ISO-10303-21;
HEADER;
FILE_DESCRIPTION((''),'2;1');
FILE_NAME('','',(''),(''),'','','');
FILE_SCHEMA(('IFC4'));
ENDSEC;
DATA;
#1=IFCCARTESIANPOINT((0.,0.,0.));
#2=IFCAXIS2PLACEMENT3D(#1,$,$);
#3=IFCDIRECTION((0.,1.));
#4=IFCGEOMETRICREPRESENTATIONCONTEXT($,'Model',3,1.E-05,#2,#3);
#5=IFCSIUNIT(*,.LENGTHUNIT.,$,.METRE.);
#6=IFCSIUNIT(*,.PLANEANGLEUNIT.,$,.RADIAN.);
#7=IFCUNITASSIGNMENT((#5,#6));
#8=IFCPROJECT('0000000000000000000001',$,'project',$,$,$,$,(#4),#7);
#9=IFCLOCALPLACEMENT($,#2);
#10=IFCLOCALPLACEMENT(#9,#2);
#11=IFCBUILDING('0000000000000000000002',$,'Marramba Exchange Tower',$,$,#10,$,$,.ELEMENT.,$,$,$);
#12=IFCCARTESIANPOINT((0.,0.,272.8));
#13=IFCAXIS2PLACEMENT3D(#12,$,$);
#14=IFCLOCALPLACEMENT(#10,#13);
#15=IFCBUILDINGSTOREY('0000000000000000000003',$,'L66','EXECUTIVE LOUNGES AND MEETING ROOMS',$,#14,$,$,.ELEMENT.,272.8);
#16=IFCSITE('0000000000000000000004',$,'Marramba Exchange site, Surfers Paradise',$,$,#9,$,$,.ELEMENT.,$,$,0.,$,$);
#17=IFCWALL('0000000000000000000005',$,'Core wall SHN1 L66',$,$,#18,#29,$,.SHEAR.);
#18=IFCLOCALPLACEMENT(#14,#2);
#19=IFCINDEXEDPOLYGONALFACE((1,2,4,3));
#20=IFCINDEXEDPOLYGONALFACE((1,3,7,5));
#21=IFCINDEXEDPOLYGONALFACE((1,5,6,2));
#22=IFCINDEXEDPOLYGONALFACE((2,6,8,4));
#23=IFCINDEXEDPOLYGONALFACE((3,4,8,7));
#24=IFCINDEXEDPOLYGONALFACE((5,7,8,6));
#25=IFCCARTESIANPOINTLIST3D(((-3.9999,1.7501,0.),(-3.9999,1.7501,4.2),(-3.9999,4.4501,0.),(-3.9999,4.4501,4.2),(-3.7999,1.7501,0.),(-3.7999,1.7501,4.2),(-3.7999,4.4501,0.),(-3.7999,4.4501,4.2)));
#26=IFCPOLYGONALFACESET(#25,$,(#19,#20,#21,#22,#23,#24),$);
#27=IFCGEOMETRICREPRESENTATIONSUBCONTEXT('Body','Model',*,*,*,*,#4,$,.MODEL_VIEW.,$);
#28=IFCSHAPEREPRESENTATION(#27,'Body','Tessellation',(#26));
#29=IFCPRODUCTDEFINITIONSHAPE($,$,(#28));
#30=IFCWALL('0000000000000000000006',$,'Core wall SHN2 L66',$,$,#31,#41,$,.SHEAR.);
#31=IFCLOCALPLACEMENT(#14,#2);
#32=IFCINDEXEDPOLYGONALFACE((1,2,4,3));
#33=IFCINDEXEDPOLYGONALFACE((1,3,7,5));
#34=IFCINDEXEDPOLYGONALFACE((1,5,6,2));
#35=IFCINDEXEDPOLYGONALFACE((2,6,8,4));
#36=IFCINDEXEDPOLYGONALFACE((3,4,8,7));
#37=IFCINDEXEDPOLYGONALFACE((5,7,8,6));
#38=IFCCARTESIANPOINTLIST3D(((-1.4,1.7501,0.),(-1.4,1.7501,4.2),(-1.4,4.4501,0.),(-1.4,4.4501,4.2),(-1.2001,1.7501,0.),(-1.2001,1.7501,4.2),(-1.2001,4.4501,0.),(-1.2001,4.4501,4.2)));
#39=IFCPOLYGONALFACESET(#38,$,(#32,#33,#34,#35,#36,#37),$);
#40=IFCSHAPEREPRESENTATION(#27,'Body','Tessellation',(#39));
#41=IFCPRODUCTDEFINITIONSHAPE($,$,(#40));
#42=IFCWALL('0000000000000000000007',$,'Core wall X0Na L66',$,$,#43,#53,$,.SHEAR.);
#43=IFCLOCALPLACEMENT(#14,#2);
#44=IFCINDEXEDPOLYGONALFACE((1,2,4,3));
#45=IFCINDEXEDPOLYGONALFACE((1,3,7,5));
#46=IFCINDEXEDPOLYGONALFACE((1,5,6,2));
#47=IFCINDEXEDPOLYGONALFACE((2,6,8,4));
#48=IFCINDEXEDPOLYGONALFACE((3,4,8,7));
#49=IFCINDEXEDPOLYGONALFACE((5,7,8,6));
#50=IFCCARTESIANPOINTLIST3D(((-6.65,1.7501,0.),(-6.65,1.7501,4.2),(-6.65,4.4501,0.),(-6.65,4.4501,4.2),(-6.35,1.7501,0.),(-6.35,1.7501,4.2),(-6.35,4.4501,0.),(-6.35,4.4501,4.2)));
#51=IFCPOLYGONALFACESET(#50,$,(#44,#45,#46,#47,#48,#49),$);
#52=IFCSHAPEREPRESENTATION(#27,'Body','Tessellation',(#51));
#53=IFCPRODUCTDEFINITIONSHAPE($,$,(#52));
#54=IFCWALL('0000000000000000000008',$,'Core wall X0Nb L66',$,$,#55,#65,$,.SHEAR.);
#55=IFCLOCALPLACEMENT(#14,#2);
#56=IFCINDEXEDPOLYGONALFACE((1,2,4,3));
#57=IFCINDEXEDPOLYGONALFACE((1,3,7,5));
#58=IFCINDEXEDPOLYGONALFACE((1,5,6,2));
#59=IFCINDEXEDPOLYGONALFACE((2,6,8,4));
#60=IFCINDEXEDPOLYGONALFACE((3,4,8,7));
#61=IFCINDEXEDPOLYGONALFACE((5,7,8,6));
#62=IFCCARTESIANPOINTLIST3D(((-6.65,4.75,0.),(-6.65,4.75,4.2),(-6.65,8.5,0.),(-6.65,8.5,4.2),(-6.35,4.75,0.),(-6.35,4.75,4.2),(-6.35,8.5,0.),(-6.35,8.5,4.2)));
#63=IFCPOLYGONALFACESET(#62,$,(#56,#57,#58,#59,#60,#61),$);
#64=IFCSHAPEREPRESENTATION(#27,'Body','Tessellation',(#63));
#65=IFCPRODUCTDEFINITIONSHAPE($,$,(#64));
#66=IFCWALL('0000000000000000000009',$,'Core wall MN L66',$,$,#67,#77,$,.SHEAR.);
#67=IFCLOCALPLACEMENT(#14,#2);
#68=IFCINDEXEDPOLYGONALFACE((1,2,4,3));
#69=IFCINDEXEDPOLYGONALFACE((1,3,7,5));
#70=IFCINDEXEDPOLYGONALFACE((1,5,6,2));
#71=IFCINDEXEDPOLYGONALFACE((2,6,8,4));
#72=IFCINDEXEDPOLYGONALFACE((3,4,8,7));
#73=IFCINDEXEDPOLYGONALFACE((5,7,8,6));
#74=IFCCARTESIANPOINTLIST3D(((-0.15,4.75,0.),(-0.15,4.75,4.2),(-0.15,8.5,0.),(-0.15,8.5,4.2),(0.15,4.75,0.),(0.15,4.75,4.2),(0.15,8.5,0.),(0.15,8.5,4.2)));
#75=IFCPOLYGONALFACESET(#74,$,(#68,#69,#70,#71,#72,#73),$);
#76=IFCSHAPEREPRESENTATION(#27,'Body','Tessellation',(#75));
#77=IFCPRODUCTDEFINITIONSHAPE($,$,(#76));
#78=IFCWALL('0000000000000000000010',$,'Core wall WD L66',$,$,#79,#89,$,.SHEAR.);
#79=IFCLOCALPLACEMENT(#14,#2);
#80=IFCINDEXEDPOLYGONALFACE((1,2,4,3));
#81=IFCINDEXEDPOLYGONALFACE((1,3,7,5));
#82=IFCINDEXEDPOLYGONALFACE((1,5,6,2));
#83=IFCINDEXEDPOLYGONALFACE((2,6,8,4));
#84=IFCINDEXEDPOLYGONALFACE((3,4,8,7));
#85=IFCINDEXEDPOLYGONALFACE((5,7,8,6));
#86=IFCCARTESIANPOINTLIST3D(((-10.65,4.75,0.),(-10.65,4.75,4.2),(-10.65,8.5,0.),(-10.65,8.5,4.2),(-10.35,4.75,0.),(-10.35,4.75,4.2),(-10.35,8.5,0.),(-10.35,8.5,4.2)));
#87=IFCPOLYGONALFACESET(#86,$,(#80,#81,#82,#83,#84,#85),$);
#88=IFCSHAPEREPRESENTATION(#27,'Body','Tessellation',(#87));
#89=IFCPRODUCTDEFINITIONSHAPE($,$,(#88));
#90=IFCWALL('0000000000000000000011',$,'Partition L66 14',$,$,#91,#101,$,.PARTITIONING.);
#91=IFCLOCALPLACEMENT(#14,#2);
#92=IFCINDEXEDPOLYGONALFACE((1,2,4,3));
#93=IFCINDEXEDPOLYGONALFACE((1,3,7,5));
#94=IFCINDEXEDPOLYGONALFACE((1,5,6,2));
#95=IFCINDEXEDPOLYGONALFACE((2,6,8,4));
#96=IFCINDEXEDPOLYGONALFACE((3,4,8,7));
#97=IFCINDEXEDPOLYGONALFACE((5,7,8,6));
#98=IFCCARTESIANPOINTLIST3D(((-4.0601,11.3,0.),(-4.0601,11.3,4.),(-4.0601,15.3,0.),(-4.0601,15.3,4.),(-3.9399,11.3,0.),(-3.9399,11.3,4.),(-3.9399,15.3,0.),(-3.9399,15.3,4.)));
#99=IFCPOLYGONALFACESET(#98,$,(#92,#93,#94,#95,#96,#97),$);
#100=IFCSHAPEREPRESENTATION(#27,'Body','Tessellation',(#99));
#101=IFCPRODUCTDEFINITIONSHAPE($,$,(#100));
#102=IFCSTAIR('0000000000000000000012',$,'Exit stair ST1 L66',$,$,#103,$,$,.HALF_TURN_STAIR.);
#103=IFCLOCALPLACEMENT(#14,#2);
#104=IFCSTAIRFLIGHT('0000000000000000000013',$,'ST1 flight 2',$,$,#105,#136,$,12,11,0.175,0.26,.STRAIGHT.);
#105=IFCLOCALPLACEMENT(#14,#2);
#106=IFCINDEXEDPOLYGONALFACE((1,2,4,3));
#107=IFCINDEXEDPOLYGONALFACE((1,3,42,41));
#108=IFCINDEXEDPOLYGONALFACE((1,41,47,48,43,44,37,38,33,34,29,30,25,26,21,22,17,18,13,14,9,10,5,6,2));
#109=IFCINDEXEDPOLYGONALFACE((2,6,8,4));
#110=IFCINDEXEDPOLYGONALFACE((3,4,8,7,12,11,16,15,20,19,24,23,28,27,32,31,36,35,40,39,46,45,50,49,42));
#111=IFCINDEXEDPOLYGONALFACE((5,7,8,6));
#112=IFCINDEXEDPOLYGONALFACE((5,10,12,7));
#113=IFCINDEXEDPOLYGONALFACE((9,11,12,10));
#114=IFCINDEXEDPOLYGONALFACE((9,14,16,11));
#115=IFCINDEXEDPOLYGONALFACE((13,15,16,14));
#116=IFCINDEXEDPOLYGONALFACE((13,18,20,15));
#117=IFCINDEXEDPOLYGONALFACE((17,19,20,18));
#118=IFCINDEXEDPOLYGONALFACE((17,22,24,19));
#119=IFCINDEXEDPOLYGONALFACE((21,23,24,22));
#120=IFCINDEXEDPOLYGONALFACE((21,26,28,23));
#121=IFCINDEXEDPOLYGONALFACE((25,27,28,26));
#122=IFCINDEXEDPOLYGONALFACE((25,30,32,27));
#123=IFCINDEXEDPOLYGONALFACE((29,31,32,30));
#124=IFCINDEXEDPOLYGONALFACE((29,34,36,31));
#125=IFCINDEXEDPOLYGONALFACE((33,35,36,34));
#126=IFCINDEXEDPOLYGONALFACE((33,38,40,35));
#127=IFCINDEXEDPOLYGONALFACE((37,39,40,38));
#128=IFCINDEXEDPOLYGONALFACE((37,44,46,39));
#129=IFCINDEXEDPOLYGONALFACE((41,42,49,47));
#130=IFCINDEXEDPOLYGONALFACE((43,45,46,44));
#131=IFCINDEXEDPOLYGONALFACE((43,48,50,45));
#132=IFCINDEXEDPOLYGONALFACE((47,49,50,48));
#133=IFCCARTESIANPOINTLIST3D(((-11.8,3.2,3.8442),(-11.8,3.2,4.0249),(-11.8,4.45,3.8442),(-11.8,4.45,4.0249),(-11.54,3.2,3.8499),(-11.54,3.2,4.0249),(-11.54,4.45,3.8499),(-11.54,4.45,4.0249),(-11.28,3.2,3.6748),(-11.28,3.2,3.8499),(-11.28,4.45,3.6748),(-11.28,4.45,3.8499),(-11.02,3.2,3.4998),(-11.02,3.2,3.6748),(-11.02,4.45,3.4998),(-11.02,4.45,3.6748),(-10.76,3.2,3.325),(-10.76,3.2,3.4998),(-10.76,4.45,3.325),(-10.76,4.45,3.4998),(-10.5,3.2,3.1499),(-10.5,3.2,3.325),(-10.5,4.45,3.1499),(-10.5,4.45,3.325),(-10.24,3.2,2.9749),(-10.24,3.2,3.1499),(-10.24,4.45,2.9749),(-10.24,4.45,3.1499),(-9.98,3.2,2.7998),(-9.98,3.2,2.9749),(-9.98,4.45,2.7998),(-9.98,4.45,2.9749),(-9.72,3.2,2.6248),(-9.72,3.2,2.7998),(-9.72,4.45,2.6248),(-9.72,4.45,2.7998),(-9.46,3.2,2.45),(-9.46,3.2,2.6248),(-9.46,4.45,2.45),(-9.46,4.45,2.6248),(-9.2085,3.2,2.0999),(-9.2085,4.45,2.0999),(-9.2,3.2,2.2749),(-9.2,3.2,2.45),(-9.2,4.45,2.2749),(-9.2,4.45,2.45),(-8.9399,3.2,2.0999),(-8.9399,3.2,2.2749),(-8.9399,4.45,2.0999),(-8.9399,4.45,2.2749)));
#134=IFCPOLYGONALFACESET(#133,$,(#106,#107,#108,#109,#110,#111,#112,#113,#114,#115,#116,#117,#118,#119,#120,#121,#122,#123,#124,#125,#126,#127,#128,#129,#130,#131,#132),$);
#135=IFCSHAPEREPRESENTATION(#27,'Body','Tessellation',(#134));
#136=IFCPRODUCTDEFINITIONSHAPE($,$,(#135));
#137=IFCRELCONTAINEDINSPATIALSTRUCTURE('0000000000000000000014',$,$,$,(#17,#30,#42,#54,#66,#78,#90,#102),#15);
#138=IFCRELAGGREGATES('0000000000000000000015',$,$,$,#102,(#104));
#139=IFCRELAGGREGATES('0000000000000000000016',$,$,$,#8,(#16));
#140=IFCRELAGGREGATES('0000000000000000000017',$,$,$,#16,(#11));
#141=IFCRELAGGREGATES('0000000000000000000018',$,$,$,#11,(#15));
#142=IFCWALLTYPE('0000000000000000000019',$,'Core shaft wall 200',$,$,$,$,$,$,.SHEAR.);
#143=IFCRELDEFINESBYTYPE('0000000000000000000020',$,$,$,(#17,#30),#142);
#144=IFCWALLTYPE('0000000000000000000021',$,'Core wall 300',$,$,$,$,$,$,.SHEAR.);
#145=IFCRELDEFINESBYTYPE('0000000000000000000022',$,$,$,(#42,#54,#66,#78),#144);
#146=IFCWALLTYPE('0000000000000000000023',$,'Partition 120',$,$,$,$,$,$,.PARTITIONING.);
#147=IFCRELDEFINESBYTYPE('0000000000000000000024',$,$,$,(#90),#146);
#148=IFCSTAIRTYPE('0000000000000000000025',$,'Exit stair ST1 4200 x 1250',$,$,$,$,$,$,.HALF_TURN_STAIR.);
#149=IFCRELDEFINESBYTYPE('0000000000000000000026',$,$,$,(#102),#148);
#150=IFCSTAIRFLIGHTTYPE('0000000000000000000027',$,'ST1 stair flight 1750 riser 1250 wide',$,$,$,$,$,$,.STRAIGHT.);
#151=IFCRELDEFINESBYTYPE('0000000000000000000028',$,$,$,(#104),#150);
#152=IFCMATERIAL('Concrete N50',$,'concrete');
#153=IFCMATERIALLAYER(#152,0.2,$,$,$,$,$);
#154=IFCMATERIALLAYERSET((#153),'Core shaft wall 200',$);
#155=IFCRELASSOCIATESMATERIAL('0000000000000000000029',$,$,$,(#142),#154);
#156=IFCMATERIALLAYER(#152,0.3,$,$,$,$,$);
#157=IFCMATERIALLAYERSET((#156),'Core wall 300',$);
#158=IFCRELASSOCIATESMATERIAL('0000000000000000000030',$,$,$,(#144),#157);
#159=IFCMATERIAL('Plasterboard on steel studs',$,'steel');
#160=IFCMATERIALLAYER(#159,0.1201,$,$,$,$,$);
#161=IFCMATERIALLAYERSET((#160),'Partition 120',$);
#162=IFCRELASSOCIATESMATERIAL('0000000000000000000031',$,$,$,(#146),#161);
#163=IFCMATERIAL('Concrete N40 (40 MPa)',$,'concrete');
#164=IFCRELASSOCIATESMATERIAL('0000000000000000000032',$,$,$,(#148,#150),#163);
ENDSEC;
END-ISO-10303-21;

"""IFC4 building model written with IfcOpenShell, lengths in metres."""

from ifc_helpers import new_model, si_unit, direction, frame, frame_2d, origin, place, context, subcontext, project, spatial, polyline, rectangle, outline, extrude, material, layer, layer_set, type_object, element, aggregate, save


model = new_model("IFC4")

# Units and contexts
model_context = context("Model", 3, precision=1e-05, world=origin(), true_north=direction((0.0, 1.0)))
body_context = subcontext(model_context, "Body", "Model", "MODEL_VIEW")
ifc_project = project(units=[si_unit("LENGTHUNIT", "METRE"), si_unit("PLANEANGLEUNIT", "RADIAN")], contexts=[model_context])

# Site, building, storey
site_placement = place(None, origin())
site = spatial("IfcSite", under=ifc_project, at=site_placement, Name="Marramba Exchange site, Surfers Paradise", CompositionType="ELEMENT", RefElevation=0.0)
building_placement = place(site_placement, origin())
building = spatial("IfcBuilding", under=site, at=building_placement, Name="Marramba Exchange Tower", CompositionType="ELEMENT")
storey_placement = place(building_placement, frame((0.0, 0.0, 272.8)))
storey = spatial("IfcBuildingStorey", under=building, at=storey_placement, Name="L66", Description="EXECUTIVE LOUNGES AND MEETING ROOMS", CompositionType="ELEMENT", Elevation=272.8)

# Walls
ifc_material_1 = material(Name="Concrete N50", Category="concrete")
ifc_layer_1 = layer(ifc_material_1, 0.2)
ifc_layer_set_1 = layer_set([ifc_layer_1], Name="Core shaft wall 200")
wall_type_1 = type_object("IfcWallType", Name="Core shaft wall 200", PredefinedType="SHEAR", material=ifc_layer_set_1)
for number, where, z_axis, x_axis, name in (
    (1, (-3.8999, 1.75, 0.0), (0.0, 0.0, 1.0), (0.0, 1.0, 0.0), "Core wall SHN1 L66"),
    (2, (-1.3, 1.75, 0.0), (0.0, 0.0, 1.0), (0.0, 1.0, 0.0), "Core wall SHN2 L66"),
):
    element("IfcWall", number, at=place(storey_placement, frame(where, z_axis=z_axis, x_axis=x_axis)), inside=storey, type_object=wall_type_1, Name=name, PredefinedType="SHEAR", context=body_context, shape_type="SweptSolid", body=[
        extrude(rectangle(XDim=2.7, YDim=0.2, at=frame_2d((1.3501, 0.0))), origin(), (0.0, 0.0, 1.0), 4.2),
    ])
ifc_layer_2 = layer(ifc_material_1, 0.3)
ifc_layer_set_2 = layer_set([ifc_layer_2], Name="Core wall 300")
wall_type_2 = type_object("IfcWallType", Name="Core wall 300", PredefinedType="SHEAR", material=ifc_layer_set_2)
wall_1_placement = place(storey_placement, frame((-6.5, 1.75, 0.0), z_axis=(0.0, 0.0, 1.0), x_axis=(0.0, 1.0, 0.0)))
element("IfcWall", 3, at=wall_1_placement, inside=storey, type_object=wall_type_2, Name="Core wall X0Na L66", PredefinedType="SHEAR", context=body_context, shape_type="SweptSolid", body=[
    extrude(rectangle(XDim=2.7, YDim=0.3, at=frame_2d((1.3501, 0.0))), origin(), (0.0, 0.0, 1.0), 4.2),
])
for number, where, z_axis, x_axis, name in (
    (4, (-6.5, 4.75, 0.0), (0.0, 0.0, 1.0), (0.0, 1.0, 0.0), "Core wall X0Nb L66"),
    (5, (0.0, 4.75, 0.0), (0.0, 0.0, 1.0), (0.0, 1.0, 0.0), "Core wall MN L66"),
    (6, (-10.5, 4.75, 0.0), (0.0, 0.0, 1.0), (0.0, 1.0, 0.0), "Core wall WD L66"),
):
    element("IfcWall", number, at=place(storey_placement, frame(where, z_axis=z_axis, x_axis=x_axis)), inside=storey, type_object=wall_type_2, Name=name, PredefinedType="SHEAR", context=body_context, shape_type="SweptSolid", body=[
        extrude(rectangle(XDim=3.75, YDim=0.3, at=frame_2d((1.875, 0.0))), origin(), (0.0, 0.0, 1.0), 4.2),
    ])
ifc_material_2 = material(Name="Plasterboard on steel studs", Category="steel")
ifc_layer_3 = layer(ifc_material_2, 0.1201)
ifc_layer_set_3 = layer_set([ifc_layer_3], Name="Partition 120")
wall_type_3 = type_object("IfcWallType", Name="Partition 120", PredefinedType="PARTITIONING", material=ifc_layer_set_3)
wall_2_placement = place(storey_placement, frame((-4.0, 11.3, 0.0), z_axis=(0.0, 0.0, 1.0), x_axis=(0.0, 1.0, 0.0)))
element("IfcWall", 7, at=wall_2_placement, inside=storey, type_object=wall_type_3, Name="Partition L66 14", PredefinedType="PARTITIONING", context=body_context, shape_type="SweptSolid", body=[
    extrude(rectangle(XDim=4.0, YDim=0.1201, at=frame_2d((2.0, 0.0))), origin(), (0.0, 0.0, 1.0), 4.0),
])

# Stair, stair flight
ifc_material_3 = material(Name="Concrete N40 (40 MPa)", Category="concrete")
stair_type = type_object("IfcStairType", Name="Exit stair ST1 4200 x 1250", PredefinedType="HALF_TURN_STAIR", material=ifc_material_3)
stair_placement = place(storey_placement, origin())
stair = element("IfcStair", 8, at=stair_placement, inside=storey, type_object=stair_type, Name="Exit stair ST1 L66", PredefinedType="HALF_TURN_STAIR")
stair_flight_type = type_object("IfcStairFlightType", Name="ST1 stair flight 1750 riser 1250 wide", PredefinedType="STRAIGHT", material=ifc_material_3)
stair_flight_placement = place(storey_placement, frame((-8.9399, 3.825, 2.0999), z_axis=(0.0, 0.0, 1.0), x_axis=(-1.0, 0.0, 0.0)))
stair_flight = element("IfcStairFlight", 9, at=stair_flight_placement, type_object=stair_flight_type, Name="ST1 flight 2", NumberOfRisers=12, NumberOfTreads=11, PredefinedType="STRAIGHT", RiserHeight=0.175, TreadLength=0.26, context=body_context, shape_type="SweptSolid", body=[
    extrude(outline(polyline([(0.0, 0.0), (0.0, 0.175), (0.26, 0.175), (0.26, 0.3501), (0.52, 0.3501), (0.52, 0.5249), (0.78, 0.5249), (0.78, 0.7), (1.04, 0.7), (1.04, 0.875), (1.3, 0.875), (1.3, 1.05), (1.5601, 1.05), (1.5601, 1.2251), (1.8201, 1.2251), (1.8201, 1.3999), (2.0801, 1.3999), (2.0801, 1.575), (2.3401, 1.575), (2.3401, 1.75), (2.6001, 1.75), (2.6001, 1.925), (2.8601, 1.925), (2.8601, 2.1001), (2.8601, 1.7444), (0.2686, 0.0), (0.0, 0.0)])), frame((0.0, 0.625, 0.0), z_axis=(0.0, -1.0, 0.0), x_axis=(1.0, 0.0, 0.0)), (0.0, 0.0, 1.0), 1.25),
])
aggregate(stair, [stair_flight])

save(model, "model.ifc")
